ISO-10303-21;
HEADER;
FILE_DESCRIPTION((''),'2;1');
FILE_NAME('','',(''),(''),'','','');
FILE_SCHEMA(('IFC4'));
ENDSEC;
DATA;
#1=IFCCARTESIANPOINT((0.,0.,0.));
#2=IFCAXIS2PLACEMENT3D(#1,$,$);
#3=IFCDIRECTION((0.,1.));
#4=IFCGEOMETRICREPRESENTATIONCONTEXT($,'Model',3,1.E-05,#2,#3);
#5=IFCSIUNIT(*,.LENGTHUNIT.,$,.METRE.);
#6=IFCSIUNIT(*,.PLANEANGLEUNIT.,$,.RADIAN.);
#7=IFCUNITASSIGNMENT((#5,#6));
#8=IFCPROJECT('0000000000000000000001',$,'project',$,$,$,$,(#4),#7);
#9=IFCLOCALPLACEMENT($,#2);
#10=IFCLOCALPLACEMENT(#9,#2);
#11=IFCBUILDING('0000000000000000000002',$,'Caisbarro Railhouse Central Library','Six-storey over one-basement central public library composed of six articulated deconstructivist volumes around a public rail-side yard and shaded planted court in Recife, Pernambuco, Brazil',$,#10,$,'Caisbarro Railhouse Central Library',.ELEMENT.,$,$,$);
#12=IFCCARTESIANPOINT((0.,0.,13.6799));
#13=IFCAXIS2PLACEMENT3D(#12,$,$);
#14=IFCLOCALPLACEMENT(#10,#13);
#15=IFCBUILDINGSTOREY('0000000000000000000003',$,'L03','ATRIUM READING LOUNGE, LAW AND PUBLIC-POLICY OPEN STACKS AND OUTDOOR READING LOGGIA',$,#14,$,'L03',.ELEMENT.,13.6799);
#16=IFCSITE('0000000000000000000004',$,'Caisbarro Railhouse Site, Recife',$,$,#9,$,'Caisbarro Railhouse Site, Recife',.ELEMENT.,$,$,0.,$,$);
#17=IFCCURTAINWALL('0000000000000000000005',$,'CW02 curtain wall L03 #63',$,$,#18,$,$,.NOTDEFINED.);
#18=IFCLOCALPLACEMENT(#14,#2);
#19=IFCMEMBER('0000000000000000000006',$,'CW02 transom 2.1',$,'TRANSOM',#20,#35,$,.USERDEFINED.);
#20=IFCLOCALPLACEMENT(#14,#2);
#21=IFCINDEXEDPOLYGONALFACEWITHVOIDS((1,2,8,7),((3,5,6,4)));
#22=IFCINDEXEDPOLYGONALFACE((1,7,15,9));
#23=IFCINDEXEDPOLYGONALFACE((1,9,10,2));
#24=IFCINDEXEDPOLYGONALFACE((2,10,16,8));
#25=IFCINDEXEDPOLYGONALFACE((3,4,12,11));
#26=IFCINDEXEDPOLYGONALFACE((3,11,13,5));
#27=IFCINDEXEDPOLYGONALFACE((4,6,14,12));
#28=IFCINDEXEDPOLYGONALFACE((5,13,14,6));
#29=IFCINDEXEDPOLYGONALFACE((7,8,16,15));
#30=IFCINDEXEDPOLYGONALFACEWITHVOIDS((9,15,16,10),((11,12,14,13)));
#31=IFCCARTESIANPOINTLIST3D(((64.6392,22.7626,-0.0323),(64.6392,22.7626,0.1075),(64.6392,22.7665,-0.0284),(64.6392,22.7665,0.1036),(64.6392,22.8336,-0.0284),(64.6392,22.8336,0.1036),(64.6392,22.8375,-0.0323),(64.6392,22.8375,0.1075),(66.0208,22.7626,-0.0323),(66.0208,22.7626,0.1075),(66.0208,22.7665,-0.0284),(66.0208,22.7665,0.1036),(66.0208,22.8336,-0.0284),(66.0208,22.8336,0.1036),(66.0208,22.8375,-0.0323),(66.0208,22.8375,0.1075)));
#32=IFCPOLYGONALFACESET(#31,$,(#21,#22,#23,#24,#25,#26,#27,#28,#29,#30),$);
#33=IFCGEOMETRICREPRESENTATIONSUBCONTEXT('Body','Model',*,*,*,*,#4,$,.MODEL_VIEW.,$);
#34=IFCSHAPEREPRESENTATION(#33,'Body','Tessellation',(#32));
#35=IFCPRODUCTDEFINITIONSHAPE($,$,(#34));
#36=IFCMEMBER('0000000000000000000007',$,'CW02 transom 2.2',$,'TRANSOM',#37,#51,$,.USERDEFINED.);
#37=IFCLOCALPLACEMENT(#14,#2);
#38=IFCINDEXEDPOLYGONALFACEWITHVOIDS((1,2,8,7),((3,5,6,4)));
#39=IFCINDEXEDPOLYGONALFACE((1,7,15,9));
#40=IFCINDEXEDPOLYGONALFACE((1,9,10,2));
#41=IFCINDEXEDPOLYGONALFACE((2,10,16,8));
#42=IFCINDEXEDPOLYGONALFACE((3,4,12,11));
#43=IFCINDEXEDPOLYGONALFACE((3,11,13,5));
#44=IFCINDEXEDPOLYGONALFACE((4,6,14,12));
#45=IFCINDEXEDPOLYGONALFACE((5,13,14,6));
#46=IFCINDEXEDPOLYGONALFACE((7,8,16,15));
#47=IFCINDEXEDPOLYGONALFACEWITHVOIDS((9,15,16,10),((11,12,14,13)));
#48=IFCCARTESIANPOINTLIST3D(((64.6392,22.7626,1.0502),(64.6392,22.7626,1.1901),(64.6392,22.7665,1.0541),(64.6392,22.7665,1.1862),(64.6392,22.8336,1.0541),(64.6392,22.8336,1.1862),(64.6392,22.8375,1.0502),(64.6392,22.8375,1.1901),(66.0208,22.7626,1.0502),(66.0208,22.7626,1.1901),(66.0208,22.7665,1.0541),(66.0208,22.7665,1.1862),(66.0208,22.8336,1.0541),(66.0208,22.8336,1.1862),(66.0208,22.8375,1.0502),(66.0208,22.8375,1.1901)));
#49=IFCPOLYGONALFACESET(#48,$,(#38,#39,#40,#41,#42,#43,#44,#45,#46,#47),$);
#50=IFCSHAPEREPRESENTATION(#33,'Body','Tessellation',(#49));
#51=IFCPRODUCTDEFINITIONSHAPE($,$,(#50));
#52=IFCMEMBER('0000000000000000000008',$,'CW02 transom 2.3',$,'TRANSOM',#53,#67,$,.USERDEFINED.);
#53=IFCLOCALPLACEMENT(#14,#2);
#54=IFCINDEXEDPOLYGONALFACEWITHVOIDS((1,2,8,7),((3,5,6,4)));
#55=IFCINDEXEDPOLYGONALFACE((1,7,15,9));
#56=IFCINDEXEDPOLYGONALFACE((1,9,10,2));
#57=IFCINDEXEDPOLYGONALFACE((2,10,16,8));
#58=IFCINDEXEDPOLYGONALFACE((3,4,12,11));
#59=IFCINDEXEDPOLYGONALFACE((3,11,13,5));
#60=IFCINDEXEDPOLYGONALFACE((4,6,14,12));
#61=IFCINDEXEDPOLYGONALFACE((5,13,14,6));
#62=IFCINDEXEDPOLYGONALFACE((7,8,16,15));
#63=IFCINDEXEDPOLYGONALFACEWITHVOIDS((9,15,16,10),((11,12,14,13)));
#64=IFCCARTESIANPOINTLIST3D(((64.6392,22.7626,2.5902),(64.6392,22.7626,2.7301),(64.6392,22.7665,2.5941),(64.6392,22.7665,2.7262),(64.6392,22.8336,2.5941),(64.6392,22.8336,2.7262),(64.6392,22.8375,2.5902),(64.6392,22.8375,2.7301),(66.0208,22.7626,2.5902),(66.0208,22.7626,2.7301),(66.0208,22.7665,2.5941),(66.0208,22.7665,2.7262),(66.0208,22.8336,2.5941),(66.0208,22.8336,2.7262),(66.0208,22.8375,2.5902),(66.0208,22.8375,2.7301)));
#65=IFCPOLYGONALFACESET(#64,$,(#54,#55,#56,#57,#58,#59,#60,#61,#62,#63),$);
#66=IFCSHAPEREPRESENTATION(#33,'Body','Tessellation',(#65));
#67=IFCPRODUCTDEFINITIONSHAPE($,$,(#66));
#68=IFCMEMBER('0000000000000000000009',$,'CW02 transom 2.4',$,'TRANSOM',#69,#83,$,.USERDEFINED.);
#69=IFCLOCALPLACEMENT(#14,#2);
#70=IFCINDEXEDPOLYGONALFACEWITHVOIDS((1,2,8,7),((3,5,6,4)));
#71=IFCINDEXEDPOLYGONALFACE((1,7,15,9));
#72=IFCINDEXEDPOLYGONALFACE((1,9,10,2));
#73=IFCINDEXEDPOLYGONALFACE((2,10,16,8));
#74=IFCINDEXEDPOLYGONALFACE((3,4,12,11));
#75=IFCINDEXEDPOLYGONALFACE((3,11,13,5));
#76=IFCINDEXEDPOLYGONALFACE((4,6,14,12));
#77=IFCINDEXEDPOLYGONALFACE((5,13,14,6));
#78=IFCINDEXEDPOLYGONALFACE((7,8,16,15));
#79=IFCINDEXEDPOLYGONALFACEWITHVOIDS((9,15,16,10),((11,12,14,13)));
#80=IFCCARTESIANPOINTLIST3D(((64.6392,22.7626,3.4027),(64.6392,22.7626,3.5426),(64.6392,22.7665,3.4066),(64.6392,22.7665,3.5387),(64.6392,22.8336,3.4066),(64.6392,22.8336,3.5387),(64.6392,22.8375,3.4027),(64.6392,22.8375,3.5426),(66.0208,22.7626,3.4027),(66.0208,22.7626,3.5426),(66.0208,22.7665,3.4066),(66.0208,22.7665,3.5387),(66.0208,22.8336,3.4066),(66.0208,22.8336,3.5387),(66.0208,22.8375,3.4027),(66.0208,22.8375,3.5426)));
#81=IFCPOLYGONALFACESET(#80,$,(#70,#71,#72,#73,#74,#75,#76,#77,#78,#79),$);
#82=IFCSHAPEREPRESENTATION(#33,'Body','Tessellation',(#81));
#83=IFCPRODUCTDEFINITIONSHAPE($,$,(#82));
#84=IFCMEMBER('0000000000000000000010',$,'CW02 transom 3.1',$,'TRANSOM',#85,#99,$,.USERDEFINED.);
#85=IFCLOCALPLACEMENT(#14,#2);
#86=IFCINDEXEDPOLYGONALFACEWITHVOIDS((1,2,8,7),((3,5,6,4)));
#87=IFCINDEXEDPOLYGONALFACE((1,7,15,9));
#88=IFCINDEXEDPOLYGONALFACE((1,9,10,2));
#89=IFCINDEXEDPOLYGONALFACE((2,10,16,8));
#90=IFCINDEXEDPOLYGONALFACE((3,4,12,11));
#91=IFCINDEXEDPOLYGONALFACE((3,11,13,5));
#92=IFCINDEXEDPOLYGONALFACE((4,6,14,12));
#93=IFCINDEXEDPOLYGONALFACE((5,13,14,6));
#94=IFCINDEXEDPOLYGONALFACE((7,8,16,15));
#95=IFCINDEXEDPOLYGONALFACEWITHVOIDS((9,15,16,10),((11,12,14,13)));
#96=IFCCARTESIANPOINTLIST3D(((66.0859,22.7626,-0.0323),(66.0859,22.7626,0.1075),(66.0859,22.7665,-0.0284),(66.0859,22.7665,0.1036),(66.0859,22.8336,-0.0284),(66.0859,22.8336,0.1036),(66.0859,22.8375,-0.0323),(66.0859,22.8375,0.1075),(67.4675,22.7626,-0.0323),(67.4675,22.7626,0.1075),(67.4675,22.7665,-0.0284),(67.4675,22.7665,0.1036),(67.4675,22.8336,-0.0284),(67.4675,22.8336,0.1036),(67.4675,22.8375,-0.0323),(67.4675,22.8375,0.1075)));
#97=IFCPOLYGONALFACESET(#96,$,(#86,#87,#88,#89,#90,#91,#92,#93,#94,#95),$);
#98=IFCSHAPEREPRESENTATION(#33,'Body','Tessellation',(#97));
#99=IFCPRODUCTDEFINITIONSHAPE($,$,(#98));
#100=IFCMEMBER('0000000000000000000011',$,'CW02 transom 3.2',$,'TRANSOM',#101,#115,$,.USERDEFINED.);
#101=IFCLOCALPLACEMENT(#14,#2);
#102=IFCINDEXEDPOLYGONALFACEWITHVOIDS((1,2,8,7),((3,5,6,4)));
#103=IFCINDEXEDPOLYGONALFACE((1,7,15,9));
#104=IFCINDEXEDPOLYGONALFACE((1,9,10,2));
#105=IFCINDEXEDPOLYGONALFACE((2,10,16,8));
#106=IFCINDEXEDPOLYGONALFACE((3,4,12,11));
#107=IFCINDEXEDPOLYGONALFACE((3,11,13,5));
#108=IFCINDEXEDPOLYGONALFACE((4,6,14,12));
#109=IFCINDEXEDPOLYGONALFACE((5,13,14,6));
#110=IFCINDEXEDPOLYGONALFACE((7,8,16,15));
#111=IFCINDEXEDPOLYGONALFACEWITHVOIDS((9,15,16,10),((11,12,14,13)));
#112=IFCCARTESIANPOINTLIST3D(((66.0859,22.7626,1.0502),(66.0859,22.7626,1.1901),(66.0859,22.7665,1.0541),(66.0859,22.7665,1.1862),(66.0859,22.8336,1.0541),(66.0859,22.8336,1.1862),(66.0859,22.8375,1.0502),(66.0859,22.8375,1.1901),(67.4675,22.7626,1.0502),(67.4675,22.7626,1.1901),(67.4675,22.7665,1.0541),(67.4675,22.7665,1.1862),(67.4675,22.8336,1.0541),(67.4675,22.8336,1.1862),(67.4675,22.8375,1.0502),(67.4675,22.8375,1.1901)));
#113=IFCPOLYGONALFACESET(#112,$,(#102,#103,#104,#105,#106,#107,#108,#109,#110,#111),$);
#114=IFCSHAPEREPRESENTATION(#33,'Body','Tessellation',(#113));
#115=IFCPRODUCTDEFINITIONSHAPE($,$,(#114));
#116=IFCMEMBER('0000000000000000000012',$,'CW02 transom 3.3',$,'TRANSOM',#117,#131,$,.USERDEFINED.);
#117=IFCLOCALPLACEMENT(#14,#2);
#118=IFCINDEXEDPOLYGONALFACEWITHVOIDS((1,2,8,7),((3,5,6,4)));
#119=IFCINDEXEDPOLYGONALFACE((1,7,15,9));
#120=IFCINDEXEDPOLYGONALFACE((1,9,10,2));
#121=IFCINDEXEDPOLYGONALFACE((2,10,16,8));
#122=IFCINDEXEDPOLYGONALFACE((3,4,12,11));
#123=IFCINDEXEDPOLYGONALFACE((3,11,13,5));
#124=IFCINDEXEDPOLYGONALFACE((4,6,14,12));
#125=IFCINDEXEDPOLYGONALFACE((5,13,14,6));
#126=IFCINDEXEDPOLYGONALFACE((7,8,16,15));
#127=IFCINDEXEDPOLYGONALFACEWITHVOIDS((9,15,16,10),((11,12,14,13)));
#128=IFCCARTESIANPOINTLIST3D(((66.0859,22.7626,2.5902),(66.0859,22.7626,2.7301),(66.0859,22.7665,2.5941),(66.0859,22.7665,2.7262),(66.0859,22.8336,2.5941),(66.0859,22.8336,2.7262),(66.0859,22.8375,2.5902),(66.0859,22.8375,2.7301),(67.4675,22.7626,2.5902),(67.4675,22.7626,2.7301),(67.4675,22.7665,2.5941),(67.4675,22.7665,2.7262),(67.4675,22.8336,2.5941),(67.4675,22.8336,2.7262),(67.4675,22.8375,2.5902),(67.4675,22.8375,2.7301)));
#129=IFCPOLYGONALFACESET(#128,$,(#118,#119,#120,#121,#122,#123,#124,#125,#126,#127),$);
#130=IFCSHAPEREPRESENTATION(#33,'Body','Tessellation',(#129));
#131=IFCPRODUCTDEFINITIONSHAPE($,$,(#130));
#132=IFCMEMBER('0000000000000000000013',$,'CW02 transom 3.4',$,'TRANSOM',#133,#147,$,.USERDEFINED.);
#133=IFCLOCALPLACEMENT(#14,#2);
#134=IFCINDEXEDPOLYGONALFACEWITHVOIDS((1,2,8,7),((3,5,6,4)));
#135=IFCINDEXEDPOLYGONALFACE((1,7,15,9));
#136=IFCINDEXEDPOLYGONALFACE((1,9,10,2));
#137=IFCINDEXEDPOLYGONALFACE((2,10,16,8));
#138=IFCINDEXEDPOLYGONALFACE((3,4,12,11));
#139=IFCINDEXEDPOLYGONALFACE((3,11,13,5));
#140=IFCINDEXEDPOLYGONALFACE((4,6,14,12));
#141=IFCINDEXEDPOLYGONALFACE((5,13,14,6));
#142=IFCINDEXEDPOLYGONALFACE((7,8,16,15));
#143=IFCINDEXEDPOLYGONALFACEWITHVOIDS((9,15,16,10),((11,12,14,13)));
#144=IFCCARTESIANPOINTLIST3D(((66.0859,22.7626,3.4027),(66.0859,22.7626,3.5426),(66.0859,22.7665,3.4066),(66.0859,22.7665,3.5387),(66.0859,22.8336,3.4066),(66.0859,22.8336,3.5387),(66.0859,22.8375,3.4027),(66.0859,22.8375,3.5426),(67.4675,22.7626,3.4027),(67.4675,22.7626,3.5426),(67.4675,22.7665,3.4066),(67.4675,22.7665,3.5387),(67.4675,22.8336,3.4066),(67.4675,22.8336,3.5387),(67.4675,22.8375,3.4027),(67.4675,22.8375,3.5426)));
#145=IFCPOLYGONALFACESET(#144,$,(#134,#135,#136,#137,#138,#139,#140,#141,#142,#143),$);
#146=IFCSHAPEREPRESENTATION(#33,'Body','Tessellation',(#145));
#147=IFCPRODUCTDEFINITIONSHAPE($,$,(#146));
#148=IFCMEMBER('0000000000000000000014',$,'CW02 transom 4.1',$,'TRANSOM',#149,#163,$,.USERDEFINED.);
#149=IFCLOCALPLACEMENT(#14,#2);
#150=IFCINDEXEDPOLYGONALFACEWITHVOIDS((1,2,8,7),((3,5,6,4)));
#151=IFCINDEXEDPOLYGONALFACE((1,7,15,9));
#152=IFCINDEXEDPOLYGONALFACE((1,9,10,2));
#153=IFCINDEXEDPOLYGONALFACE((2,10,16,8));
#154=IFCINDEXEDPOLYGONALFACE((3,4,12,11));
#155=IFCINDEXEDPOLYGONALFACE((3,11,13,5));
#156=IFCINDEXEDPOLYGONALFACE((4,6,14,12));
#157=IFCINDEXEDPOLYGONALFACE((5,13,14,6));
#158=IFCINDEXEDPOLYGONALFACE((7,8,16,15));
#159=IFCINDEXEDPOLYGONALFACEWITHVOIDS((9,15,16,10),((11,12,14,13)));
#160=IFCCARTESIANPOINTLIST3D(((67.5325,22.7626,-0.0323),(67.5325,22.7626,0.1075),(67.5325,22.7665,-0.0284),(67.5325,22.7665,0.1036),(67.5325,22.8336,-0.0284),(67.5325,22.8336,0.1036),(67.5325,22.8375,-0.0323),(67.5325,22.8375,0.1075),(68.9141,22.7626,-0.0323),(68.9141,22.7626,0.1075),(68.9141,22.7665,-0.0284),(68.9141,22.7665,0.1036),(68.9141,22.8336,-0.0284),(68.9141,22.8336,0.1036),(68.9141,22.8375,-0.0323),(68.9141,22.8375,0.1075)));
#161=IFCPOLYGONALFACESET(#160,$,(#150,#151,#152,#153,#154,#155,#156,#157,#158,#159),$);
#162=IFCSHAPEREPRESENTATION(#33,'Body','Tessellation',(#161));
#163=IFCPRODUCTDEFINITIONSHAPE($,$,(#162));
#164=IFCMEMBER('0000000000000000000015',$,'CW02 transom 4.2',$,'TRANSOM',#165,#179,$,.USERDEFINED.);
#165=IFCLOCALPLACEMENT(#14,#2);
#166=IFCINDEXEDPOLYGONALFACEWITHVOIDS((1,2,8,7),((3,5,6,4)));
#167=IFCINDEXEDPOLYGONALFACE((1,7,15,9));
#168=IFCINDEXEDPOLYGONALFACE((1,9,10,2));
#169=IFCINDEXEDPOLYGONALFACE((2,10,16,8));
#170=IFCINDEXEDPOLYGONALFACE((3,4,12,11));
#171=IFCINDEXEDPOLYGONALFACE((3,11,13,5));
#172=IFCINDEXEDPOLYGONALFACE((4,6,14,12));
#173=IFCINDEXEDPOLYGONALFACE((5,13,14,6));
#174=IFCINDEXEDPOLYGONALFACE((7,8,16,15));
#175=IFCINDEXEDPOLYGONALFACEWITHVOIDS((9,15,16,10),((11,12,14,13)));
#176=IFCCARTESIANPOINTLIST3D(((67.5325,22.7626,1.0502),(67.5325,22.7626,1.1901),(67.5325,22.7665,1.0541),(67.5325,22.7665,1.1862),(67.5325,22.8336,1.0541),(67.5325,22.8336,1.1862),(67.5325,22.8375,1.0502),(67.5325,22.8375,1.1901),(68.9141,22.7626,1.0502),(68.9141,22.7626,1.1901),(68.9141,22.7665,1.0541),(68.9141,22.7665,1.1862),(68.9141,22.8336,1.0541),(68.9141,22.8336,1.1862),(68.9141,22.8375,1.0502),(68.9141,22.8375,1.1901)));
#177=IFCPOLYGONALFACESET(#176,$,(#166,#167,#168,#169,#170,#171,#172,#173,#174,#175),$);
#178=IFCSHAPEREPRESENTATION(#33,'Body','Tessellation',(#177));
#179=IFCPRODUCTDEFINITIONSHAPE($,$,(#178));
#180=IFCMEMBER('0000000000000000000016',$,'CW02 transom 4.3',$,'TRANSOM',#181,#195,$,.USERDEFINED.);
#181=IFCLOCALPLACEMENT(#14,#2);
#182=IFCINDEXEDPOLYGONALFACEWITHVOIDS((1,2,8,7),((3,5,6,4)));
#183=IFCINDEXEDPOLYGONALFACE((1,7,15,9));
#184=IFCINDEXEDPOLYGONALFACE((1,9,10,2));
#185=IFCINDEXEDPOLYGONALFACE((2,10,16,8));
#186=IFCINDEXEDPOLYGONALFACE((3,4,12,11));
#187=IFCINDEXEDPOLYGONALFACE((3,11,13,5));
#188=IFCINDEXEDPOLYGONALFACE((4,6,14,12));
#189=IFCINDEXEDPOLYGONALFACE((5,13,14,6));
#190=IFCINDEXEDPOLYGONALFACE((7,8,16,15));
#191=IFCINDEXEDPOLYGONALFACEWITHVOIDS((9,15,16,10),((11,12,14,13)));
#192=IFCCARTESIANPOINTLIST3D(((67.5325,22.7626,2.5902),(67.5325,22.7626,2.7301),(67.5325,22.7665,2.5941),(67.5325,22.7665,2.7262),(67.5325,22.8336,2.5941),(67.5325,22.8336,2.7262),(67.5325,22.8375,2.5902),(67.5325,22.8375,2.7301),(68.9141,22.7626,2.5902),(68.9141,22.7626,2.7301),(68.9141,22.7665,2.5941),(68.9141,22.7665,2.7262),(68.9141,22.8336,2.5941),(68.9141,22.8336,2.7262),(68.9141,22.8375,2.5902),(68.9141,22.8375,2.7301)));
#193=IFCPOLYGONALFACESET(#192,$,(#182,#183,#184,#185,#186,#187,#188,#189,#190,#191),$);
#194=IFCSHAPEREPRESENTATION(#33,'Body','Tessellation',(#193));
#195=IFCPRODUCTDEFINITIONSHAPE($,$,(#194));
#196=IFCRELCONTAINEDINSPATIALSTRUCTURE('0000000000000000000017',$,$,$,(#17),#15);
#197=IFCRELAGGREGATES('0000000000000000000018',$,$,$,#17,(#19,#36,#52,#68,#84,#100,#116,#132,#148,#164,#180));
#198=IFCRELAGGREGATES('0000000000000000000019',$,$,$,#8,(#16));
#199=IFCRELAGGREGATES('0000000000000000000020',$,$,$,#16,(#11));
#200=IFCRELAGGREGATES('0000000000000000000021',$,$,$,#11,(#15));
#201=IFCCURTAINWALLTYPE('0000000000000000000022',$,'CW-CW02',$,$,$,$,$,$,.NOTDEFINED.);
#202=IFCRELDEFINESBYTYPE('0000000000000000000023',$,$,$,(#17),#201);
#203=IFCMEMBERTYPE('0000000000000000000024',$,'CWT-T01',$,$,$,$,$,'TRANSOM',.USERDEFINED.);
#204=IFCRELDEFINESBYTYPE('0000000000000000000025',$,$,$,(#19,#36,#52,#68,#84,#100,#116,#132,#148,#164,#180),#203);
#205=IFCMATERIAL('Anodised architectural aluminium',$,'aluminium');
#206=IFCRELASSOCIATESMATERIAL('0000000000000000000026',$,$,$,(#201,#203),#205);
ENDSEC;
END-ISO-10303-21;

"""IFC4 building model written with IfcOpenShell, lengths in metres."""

from ifc_helpers import new_model, si_unit, direction, frame, origin, origin_2d, place, context, subcontext, project, spatial, hollow_rectangle, extrude, material, material_profile, profile_set, type_object, element, aggregate, save


model = new_model("IFC4")

# Units and contexts
model_context = context("Model", 3, precision=1e-05, world=origin(), true_north=direction((0.0, 1.0)))
body_context = subcontext(model_context, "Body", "Model", "MODEL_VIEW")
ifc_project = project(units=[si_unit("LENGTHUNIT", "METRE"), si_unit("PLANEANGLEUNIT", "RADIAN")], contexts=[model_context])

# Site, building, storey
site_placement = place(None, origin())
site = spatial("IfcSite", under=ifc_project, at=site_placement, Name="Caisbarro Railhouse Site, Recife", LongName="Caisbarro Railhouse Site, Recife", CompositionType="ELEMENT", RefElevation=0.0)
building_placement = place(site_placement, origin())
building = spatial("IfcBuilding", under=site, at=building_placement, Name="Caisbarro Railhouse Central Library", Description="Six-storey over one-basement central public library composed of six articulated deconstructivist volumes around a public rail-side yard and shaded planted court in Recife, Pernambuco, Brazil", LongName="Caisbarro Railhouse Central Library", CompositionType="ELEMENT")
storey_placement = place(building_placement, frame((0.0, 0.0, 13.6799)))
storey = spatial("IfcBuildingStorey", under=building, at=storey_placement, Name="L03", Description="ATRIUM READING LOUNGE, LAW AND PUBLIC-POLICY OPEN STACKS AND OUTDOOR READING LOGGIA", LongName="L03", CompositionType="ELEMENT", Elevation=13.6799)

# Curtain wall, members
ifc_material_1 = material(Name="Anodised architectural aluminium", Category="aluminium")
curtain_wall_type = type_object("IfcCurtainWallType", Name="CW-CW02", PredefinedType="NOTDEFINED", material=ifc_material_1)
curtain_wall_placement = place(storey_placement, origin())
curtain_wall = element("IfcCurtainWall", 1, at=curtain_wall_placement, inside=storey, type_object=curtain_wall_type, Name="CW02 curtain wall L03 #63", PredefinedType="NOTDEFINED")
ifc_material_profile_1 = material_profile(ifc_material_1, hollow_rectangle(XDim=0.075, YDim=0.1399, WallThickness=0.0039, at=origin_2d()), Name="ALU-TRN-75X140")
ifc_profile_set_1 = profile_set([ifc_material_profile_1], Name="Anodised architectural aluminium")
member_type_1 = type_object("IfcMemberType", Name="CWT-T01", ElementType="TRANSOM", PredefinedType="USERDEFINED", material=ifc_profile_set_1)
member_1_placement = place(storey_placement, frame((64.6392, 22.8, 0.0376), z_axis=(1.0, 0.0, 0.0), x_axis=(0.0, 1.0, 0.0)))
member_1 = element("IfcMember", 2, at=member_1_placement, type_object=member_type_1, Name="CW02 transom 2.1", ObjectType="TRANSOM", PredefinedType="USERDEFINED", context=body_context, shape_type="SweptSolid", body=[
    extrude(hollow_rectangle(XDim=0.075, YDim=0.1399, WallThickness=0.0039, at=origin_2d()), origin(), (0.0, 0.0, 1.0), 1.3816),
])
member_2_placement = place(storey_placement, frame((64.6392, 22.8, 1.1201), z_axis=(1.0, 0.0, 0.0), x_axis=(0.0, 1.0, 0.0)))
member_2 = element("IfcMember", 3, at=member_2_placement, type_object=member_type_1, Name="CW02 transom 2.2", ObjectType="TRANSOM", PredefinedType="USERDEFINED", context=body_context, shape_type="SweptSolid", body=[
    extrude(hollow_rectangle(XDim=0.075, YDim=0.1399, WallThickness=0.0039, at=origin_2d()), origin(), (0.0, 0.0, 1.0), 1.3816),
])
member_3_placement = place(storey_placement, frame((64.6392, 22.8, 2.6602), z_axis=(1.0, 0.0, 0.0), x_axis=(0.0, 1.0, 0.0)))
member_3 = element("IfcMember", 4, at=member_3_placement, type_object=member_type_1, Name="CW02 transom 2.3", ObjectType="TRANSOM", PredefinedType="USERDEFINED", context=body_context, shape_type="SweptSolid", body=[
    extrude(hollow_rectangle(XDim=0.075, YDim=0.1399, WallThickness=0.0039, at=origin_2d()), origin(), (0.0, 0.0, 1.0), 1.3816),
])
member_4_placement = place(storey_placement, frame((64.6392, 22.8, 3.4727), z_axis=(1.0, 0.0, 0.0), x_axis=(0.0, 1.0, 0.0)))
member_4 = element("IfcMember", 5, at=member_4_placement, type_object=member_type_1, Name="CW02 transom 2.4", ObjectType="TRANSOM", PredefinedType="USERDEFINED", context=body_context, shape_type="SweptSolid", body=[
    extrude(hollow_rectangle(XDim=0.075, YDim=0.1399, WallThickness=0.0039, at=origin_2d()), origin(), (0.0, 0.0, 1.0), 1.3816),
])
member_5_placement = place(storey_placement, frame((66.0859, 22.8, 0.0376), z_axis=(1.0, 0.0, 0.0), x_axis=(0.0, 1.0, 0.0)))
member_5 = element("IfcMember", 6, at=member_5_placement, type_object=member_type_1, Name="CW02 transom 3.1", ObjectType="TRANSOM", PredefinedType="USERDEFINED", context=body_context, shape_type="SweptSolid", body=[
    extrude(hollow_rectangle(XDim=0.075, YDim=0.1399, WallThickness=0.0039, at=origin_2d()), origin(), (0.0, 0.0, 1.0), 1.3816),
])
member_6_placement = place(storey_placement, frame((66.0859, 22.8, 1.1201), z_axis=(1.0, 0.0, 0.0), x_axis=(0.0, 1.0, 0.0)))
member_6 = element("IfcMember", 7, at=member_6_placement, type_object=member_type_1, Name="CW02 transom 3.2", ObjectType="TRANSOM", PredefinedType="USERDEFINED", context=body_context, shape_type="SweptSolid", body=[
    extrude(hollow_rectangle(XDim=0.075, YDim=0.1399, WallThickness=0.0039, at=origin_2d()), origin(), (0.0, 0.0, 1.0), 1.3816),
])
member_7_placement = place(storey_placement, frame((66.0859, 22.8, 2.6602), z_axis=(1.0, 0.0, 0.0), x_axis=(0.0, 1.0, 0.0)))
member_7 = element("IfcMember", 8, at=member_7_placement, type_object=member_type_1, Name="CW02 transom 3.3", ObjectType="TRANSOM", PredefinedType="USERDEFINED", context=body_context, shape_type="SweptSolid", body=[
    extrude(hollow_rectangle(XDim=0.075, YDim=0.1399, WallThickness=0.0039, at=origin_2d()), origin(), (0.0, 0.0, 1.0), 1.3816),
])
member_8_placement = place(storey_placement, frame((66.0859, 22.8, 3.4727), z_axis=(1.0, 0.0, 0.0), x_axis=(0.0, 1.0, 0.0)))
member_8 = element("IfcMember", 9, at=member_8_placement, type_object=member_type_1, Name="CW02 transom 3.4", ObjectType="TRANSOM", PredefinedType="USERDEFINED", context=body_context, shape_type="SweptSolid", body=[
    extrude(hollow_rectangle(XDim=0.075, YDim=0.1399, WallThickness=0.0039, at=origin_2d()), origin(), (0.0, 0.0, 1.0), 1.3816),
])
member_9_placement = place(storey_placement, frame((67.5325, 22.8, 0.0376), z_axis=(1.0, 0.0, 0.0), x_axis=(0.0, 1.0, 0.0)))
member_9 = element("IfcMember", 10, at=member_9_placement, type_object=member_type_1, Name="CW02 transom 4.1", ObjectType="TRANSOM", PredefinedType="USERDEFINED", context=body_context, shape_type="SweptSolid", body=[
    extrude(hollow_rectangle(XDim=0.075, YDim=0.1399, WallThickness=0.0039, at=origin_2d()), origin(), (0.0, 0.0, 1.0), 1.3816),
])
member_10_placement = place(storey_placement, frame((67.5325, 22.8, 1.1201), z_axis=(1.0, 0.0, 0.0), x_axis=(0.0, 1.0, 0.0)))
member_10 = element("IfcMember", 11, at=member_10_placement, type_object=member_type_1, Name="CW02 transom 4.2", ObjectType="TRANSOM", PredefinedType="USERDEFINED", context=body_context, shape_type="SweptSolid", body=[
    extrude(hollow_rectangle(XDim=0.075, YDim=0.1399, WallThickness=0.0039, at=origin_2d()), origin(), (0.0, 0.0, 1.0), 1.3816),
])
member_11_placement = place(storey_placement, frame((67.5325, 22.8, 2.6602), z_axis=(1.0, 0.0, 0.0), x_axis=(0.0, 1.0, 0.0)))
member_11 = element("IfcMember", 12, at=member_11_placement, type_object=member_type_1, Name="CW02 transom 4.3", ObjectType="TRANSOM", PredefinedType="USERDEFINED", context=body_context, shape_type="SweptSolid", body=[
    extrude(hollow_rectangle(XDim=0.075, YDim=0.1399, WallThickness=0.0039, at=origin_2d()), origin(), (0.0, 0.0, 1.0), 1.3816),
])
aggregate(curtain_wall, [member_1, member_2, member_3, member_4, member_5, member_6, member_7, member_8, member_9, member_10, member_11])

save(model, "model.ifc")
